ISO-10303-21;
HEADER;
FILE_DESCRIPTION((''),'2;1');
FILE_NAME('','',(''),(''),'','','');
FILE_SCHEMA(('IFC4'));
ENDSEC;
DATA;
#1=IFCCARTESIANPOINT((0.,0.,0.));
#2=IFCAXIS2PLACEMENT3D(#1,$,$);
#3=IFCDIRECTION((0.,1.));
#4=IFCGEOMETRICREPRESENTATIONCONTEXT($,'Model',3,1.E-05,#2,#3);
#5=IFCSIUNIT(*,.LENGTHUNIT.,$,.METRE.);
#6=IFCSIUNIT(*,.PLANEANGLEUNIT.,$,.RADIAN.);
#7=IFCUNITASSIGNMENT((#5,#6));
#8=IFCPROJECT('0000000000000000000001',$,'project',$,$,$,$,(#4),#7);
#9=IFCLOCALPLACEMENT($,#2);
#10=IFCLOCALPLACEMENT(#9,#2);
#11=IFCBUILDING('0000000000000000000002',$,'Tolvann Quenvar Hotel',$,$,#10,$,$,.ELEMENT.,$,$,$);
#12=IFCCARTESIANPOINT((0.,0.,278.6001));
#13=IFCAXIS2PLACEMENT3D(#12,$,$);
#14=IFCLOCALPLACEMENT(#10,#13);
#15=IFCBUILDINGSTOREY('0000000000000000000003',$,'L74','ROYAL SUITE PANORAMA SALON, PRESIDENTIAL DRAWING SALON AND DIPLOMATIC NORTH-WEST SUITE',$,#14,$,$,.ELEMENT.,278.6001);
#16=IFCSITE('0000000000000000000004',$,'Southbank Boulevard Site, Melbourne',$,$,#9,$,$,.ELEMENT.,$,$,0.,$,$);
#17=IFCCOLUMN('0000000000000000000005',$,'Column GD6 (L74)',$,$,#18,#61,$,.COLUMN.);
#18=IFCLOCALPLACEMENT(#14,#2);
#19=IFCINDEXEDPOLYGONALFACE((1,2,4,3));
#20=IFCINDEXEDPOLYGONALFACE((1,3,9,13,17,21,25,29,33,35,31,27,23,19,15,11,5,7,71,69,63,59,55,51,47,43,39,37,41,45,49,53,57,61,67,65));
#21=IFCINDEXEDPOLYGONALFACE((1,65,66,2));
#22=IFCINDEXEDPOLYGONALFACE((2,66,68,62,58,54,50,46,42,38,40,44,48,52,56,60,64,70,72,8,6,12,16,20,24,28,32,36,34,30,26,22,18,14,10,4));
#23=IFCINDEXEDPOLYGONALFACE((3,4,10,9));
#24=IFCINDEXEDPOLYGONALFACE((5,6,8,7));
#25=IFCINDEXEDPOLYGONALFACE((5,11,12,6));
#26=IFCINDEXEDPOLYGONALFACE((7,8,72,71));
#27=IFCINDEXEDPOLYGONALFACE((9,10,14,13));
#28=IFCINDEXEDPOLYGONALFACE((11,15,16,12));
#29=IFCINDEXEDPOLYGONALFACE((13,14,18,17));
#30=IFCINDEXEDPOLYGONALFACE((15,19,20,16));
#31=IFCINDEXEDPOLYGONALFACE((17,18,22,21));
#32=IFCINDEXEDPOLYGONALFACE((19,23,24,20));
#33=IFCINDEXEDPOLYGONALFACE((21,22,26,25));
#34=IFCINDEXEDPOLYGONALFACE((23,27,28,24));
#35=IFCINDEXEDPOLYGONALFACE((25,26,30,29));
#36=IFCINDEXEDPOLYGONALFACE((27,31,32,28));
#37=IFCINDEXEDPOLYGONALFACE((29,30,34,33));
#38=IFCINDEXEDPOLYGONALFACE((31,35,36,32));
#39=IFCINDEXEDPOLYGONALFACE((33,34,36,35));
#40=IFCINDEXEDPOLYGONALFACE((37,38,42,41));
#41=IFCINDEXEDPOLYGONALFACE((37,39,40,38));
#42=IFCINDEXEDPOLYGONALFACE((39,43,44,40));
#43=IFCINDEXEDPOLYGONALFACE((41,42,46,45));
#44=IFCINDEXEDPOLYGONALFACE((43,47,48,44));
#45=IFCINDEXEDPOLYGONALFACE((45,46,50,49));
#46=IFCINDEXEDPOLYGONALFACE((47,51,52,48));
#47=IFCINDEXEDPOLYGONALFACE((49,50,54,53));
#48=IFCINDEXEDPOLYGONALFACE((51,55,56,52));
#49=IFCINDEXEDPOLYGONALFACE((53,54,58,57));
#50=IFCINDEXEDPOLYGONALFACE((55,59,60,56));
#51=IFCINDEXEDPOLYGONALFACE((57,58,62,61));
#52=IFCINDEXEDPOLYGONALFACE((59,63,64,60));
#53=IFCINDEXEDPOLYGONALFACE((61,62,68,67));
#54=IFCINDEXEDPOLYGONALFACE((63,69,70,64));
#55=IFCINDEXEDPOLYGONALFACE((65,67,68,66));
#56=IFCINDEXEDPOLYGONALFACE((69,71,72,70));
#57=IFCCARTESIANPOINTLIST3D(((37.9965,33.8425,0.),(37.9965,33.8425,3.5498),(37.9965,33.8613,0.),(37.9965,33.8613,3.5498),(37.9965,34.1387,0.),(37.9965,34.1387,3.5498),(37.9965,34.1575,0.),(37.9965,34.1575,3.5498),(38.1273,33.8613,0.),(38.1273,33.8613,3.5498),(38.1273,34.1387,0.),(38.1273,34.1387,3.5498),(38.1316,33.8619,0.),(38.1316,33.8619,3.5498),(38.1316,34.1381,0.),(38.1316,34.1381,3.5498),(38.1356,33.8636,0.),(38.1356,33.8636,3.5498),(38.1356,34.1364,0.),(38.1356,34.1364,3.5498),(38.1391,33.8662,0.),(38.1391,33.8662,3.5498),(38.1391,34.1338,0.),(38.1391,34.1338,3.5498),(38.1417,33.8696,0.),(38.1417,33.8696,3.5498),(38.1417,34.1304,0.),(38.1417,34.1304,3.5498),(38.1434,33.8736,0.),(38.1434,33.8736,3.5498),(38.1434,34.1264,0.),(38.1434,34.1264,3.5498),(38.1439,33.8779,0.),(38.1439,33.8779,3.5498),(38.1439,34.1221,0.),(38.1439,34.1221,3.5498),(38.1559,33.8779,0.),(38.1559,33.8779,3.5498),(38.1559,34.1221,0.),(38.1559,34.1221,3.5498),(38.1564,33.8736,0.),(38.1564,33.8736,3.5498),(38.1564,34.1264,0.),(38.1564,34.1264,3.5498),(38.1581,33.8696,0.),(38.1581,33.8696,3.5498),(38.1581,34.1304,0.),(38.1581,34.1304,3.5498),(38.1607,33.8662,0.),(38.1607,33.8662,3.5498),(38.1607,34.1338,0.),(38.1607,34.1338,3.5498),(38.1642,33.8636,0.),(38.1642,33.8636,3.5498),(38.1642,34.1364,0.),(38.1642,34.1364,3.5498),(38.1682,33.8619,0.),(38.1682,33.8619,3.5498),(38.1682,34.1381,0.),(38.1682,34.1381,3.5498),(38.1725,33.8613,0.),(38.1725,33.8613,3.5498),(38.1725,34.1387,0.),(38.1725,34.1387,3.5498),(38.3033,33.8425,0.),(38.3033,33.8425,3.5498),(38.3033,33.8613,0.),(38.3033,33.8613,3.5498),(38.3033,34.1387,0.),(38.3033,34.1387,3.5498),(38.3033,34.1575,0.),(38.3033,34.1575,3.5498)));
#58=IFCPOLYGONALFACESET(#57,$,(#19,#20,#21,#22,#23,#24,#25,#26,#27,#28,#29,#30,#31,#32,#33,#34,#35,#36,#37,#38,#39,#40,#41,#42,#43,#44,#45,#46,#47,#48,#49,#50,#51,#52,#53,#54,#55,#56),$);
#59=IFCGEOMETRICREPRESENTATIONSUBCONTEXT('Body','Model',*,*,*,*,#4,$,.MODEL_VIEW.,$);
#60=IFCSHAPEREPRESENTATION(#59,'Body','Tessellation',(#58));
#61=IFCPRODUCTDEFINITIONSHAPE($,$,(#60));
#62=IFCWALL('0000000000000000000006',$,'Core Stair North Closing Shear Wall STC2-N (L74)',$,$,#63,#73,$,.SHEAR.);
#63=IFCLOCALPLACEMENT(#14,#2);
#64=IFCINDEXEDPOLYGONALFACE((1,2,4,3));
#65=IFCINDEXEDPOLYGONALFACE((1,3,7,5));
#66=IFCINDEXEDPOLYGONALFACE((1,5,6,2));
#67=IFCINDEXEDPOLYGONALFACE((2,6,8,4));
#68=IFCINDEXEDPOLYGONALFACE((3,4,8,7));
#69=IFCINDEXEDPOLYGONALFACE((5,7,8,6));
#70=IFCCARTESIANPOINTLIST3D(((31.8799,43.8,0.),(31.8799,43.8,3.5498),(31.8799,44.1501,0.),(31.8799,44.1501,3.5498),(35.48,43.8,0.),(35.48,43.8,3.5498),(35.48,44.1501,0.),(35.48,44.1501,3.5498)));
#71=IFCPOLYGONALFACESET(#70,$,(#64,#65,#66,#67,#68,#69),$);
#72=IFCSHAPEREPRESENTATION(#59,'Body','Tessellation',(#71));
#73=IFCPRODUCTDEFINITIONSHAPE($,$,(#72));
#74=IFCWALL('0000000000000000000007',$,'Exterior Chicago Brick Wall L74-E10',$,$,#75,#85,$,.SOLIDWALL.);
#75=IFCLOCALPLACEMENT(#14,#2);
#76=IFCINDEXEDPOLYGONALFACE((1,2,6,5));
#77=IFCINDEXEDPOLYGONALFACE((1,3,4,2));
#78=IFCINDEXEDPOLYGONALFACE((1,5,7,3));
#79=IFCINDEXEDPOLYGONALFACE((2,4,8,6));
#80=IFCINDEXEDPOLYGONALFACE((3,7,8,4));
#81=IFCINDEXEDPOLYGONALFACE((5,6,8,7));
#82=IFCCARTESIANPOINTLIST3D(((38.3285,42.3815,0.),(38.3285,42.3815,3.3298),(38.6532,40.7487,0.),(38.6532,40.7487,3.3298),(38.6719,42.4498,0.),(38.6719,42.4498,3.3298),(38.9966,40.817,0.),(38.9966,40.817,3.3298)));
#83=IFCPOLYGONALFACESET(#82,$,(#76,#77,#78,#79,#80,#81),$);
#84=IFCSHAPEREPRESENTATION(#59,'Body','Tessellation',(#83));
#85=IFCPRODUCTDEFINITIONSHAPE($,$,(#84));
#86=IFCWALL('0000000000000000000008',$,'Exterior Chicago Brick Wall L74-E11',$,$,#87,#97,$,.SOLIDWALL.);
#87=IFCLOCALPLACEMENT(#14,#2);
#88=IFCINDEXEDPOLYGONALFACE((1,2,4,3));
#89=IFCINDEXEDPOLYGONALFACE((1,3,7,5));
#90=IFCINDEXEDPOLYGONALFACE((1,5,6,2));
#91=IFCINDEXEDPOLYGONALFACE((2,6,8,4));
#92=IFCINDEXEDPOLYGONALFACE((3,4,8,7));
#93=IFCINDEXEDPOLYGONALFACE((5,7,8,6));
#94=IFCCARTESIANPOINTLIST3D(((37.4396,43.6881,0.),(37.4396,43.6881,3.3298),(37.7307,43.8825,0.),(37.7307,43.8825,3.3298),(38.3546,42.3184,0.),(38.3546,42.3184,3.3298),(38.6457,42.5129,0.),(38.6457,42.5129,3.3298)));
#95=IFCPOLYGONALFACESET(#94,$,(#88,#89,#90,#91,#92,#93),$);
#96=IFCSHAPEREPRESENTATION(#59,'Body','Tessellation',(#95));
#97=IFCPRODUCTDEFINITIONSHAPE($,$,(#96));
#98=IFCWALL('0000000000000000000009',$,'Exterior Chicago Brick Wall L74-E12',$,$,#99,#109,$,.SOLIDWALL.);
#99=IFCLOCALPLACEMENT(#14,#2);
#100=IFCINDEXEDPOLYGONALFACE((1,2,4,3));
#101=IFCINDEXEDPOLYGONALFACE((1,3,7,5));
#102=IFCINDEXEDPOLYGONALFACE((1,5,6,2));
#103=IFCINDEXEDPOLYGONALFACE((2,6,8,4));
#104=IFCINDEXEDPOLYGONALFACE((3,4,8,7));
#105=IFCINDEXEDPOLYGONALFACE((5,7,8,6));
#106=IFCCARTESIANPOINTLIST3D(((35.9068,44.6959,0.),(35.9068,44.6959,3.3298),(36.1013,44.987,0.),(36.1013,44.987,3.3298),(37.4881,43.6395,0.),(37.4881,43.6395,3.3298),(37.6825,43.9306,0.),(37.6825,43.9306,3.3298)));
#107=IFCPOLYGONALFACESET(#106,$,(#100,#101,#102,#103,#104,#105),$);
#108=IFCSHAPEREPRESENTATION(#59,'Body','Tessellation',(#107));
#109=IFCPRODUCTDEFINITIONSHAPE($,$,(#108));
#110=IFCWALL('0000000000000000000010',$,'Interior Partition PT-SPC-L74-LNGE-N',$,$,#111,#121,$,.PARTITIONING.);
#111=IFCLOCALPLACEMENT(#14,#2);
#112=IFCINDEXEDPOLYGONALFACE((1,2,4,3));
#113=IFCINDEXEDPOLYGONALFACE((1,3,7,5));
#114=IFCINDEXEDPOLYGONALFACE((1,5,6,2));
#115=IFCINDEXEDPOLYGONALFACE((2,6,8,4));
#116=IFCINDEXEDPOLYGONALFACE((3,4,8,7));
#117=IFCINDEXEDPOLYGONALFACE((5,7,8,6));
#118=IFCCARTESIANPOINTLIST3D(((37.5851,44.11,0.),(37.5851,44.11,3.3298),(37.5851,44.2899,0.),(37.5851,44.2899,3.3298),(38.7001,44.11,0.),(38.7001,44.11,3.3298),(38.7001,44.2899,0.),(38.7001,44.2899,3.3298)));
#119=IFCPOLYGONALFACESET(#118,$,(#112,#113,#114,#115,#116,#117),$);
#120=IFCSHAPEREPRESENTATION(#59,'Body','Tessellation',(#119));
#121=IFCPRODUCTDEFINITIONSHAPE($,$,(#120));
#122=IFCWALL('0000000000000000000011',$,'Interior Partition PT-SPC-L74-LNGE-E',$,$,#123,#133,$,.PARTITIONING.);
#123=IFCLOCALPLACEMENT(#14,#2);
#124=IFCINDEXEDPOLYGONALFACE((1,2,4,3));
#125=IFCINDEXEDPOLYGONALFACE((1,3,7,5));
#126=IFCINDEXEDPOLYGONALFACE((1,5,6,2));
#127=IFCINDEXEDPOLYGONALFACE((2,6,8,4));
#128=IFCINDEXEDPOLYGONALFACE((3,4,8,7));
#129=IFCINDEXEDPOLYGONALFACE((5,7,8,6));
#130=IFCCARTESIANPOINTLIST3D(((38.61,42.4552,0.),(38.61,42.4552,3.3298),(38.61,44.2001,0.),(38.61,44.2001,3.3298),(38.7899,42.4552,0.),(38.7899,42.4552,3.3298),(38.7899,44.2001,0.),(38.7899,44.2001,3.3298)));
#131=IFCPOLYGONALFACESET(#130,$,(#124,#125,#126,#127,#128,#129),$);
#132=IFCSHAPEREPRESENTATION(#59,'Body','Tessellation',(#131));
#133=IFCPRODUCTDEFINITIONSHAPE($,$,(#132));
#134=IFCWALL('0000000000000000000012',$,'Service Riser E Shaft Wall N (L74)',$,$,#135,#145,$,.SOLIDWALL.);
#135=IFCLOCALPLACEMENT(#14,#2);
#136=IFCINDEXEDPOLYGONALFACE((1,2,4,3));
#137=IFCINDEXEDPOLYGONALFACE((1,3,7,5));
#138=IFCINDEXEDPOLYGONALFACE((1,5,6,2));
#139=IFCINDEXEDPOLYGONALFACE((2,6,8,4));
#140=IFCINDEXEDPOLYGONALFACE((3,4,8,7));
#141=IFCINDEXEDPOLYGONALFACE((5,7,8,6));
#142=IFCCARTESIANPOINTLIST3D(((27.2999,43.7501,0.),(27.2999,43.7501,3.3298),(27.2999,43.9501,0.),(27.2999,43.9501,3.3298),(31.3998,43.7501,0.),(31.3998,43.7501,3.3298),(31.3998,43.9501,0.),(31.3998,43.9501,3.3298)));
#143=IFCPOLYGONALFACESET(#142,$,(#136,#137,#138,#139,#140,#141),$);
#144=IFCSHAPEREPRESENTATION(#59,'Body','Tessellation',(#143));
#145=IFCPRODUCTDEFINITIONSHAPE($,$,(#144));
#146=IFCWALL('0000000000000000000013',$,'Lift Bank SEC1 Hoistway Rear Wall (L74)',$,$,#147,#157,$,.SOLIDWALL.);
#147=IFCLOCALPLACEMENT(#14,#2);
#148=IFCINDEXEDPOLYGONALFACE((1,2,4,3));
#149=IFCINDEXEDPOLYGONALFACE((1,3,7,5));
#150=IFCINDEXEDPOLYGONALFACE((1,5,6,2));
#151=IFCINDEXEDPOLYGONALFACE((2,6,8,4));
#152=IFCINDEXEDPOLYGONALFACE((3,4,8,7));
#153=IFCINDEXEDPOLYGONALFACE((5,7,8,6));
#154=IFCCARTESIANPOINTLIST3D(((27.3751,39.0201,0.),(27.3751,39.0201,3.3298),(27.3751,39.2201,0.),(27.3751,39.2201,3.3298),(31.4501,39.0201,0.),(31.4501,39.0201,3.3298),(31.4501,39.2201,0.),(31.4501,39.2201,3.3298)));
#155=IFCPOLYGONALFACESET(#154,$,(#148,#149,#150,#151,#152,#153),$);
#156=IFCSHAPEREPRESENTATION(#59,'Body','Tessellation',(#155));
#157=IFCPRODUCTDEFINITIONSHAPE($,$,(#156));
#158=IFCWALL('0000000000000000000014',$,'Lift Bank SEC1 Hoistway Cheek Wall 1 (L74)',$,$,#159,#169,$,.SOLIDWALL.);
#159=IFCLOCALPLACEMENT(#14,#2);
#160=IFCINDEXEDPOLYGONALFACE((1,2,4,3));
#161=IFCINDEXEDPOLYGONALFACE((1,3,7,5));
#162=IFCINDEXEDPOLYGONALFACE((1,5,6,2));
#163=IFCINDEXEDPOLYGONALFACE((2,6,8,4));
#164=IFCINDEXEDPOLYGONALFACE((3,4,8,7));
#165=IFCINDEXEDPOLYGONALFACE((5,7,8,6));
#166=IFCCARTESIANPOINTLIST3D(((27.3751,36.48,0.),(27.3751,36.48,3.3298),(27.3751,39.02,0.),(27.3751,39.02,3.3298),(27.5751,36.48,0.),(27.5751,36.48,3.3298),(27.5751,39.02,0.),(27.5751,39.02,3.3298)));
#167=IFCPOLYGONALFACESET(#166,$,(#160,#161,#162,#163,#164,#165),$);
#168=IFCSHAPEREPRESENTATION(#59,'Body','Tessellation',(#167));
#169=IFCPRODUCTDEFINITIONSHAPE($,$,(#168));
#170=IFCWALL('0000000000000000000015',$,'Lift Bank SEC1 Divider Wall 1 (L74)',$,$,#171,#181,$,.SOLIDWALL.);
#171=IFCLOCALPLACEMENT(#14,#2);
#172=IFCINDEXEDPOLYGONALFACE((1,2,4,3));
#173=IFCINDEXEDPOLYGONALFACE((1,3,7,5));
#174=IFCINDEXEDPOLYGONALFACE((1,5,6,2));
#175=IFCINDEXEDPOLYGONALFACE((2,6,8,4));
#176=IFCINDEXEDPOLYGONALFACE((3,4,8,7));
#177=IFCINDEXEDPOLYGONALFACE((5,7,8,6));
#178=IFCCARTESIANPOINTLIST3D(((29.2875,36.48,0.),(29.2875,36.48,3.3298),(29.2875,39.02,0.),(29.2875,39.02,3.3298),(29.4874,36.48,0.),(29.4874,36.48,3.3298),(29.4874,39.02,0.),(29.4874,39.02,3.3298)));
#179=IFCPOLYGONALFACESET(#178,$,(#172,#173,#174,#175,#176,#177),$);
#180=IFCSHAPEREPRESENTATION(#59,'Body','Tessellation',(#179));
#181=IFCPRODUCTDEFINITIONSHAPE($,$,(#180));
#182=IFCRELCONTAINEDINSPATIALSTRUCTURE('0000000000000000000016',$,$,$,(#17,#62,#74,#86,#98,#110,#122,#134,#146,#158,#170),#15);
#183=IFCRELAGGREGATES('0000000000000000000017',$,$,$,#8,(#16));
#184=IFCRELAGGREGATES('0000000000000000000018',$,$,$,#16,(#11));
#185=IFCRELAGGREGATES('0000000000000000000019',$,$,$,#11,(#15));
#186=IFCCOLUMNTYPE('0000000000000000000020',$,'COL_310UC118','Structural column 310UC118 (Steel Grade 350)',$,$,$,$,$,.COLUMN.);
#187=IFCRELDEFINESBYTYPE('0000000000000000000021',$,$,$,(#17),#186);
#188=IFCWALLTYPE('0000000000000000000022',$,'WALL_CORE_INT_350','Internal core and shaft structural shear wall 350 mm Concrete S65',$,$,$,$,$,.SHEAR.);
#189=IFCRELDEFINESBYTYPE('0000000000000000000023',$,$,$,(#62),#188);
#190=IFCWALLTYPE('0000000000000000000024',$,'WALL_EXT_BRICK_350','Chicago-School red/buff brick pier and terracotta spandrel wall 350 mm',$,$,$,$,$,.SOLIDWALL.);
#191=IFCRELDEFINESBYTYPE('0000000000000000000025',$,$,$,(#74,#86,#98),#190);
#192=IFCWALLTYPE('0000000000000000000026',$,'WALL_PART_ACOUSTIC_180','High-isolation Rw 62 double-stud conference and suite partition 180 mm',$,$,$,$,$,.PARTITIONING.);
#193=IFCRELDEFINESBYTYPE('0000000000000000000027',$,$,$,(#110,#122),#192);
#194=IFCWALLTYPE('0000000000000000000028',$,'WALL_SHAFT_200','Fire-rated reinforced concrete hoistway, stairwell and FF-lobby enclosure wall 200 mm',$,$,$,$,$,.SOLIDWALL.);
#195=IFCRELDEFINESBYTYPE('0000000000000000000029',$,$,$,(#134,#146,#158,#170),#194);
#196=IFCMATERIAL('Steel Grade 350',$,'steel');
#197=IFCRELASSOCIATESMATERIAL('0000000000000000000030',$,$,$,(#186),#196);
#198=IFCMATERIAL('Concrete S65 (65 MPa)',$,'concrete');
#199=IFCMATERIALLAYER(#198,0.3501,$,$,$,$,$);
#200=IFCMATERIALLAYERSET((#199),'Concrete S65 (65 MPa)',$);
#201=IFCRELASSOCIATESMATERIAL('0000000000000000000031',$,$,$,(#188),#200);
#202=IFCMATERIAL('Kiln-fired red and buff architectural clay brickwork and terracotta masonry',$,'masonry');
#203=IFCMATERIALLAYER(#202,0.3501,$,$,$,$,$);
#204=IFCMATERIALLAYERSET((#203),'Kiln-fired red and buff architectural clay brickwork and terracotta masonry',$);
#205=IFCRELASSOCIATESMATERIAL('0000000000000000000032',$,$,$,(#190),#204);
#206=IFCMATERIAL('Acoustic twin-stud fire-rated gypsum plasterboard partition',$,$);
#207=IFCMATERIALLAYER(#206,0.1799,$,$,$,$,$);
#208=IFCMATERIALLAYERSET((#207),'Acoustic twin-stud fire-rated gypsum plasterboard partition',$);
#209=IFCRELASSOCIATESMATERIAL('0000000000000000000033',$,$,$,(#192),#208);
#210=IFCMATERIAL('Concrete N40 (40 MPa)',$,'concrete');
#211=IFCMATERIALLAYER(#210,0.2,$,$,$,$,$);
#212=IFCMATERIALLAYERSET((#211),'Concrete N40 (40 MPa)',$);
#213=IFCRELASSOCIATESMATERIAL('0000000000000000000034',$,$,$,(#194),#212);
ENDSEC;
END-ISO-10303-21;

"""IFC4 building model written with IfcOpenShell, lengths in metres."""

from ifc_helpers import new_model, si_unit, direction, frame, frame_2d, origin, origin_2d, place, context, subcontext, project, spatial, rectangle, i_section, extrude, source, transform, mapped, material, layer, layer_set, material_profile, profile_set, type_object, type_shapes, element, save


model = new_model("IFC4")

# Units and contexts
model_context = context("Model", 3, precision=1e-05, world=origin(), true_north=direction((0.0, 1.0)))
body_context = subcontext(model_context, "Body", "Model", "MODEL_VIEW")
ifc_project = project(units=[si_unit("LENGTHUNIT", "METRE"), si_unit("PLANEANGLEUNIT", "RADIAN")], contexts=[model_context])

# Site, building, storey
site_placement = place(None, origin())
site = spatial("IfcSite", under=ifc_project, at=site_placement, Name="Southbank Boulevard Site, Melbourne", CompositionType="ELEMENT", RefElevation=0.0)
building_placement = place(site_placement, origin())
building = spatial("IfcBuilding", under=site, at=building_placement, Name="Tolvann Quenvar Hotel", CompositionType="ELEMENT")
storey_placement = place(building_placement, frame((0.0, 0.0, 278.6001)))
storey = spatial("IfcBuildingStorey", under=building, at=storey_placement, Name="L74", Description="ROYAL SUITE PANORAMA SALON, PRESIDENTIAL DRAWING SALON AND DIPLOMATIC NORTH-WEST SUITE", CompositionType="ELEMENT", Elevation=278.6001)

# Column
ifc_material_1 = material(Name="Steel Grade 350", Category="steel")
ifc_material_profile = material_profile(ifc_material_1, i_section(OverallWidth=0.3069, OverallDepth=0.3149, WebThickness=0.012, FlangeThickness=0.0188, FilletRadius=0.0166, at=origin_2d()), Name="310UC118")
ifc_profile_set = profile_set([ifc_material_profile], Name="Steel Grade 350")
column_type = type_object("IfcColumnType", Name="COL_310UC118", Description="Structural column 310UC118 (Steel Grade 350)", PredefinedType="COLUMN", material=ifc_profile_set)
shared_shape_1 = source(origin(), body_context, "Body", "SweptSolid", [
    extrude(i_section(OverallWidth=0.3069, OverallDepth=0.3149, WebThickness=0.012, FlangeThickness=0.0188, FilletRadius=0.0166, at=origin_2d()), origin(), (0.0, 0.0, 1.0), 3.5498),
])
type_shapes(column_type, [shared_shape_1])
column_placement = place(storey_placement, frame((38.1499, 34.0, 0.0), z_axis=(0.0, 0.0, 1.0), x_axis=(1.0, 0.0, 0.0)))
element("IfcColumn", 1, at=column_placement, inside=storey, type_object=column_type, Name="Column GD6 (L74)", PredefinedType="COLUMN", context=body_context, shape_type="MappedRepresentation", body=[
    mapped(shared_shape_1, transform((0.0, 0.0, 0.0), x_axis=(1.0, 0.0, 0.0), y_axis=(0.0, 1.0, 0.0), z_axis=(0.0, 0.0, 1.0), scale=1.0)),
])

# Walls
ifc_material_2 = material(Name="Concrete S65 (65 MPa)", Category="concrete")
ifc_layer_1 = layer(ifc_material_2, 0.3501)
ifc_layer_set_1 = layer_set([ifc_layer_1], Name="Concrete S65 (65 MPa)")
wall_type_1 = type_object("IfcWallType", Name="WALL_CORE_INT_350", Description="Internal core and shaft structural shear wall 350 mm Concrete S65", PredefinedType="SHEAR", material=ifc_layer_set_1)
wall_1_placement = place(storey_placement, frame((31.8799, 43.9751, 0.0), z_axis=(0.0, 0.0, 1.0), x_axis=(1.0, 0.0, 0.0)))
element("IfcWall", 2, at=wall_1_placement, inside=storey, type_object=wall_type_1, Name="Core Stair North Closing Shear Wall STC2-N (L74)", PredefinedType="SHEAR", context=body_context, shape_type="SweptSolid", body=[
    extrude(rectangle(XDim=3.6001, YDim=0.3501, at=frame_2d((1.8, 0.0))), origin(), (0.0, 0.0, 1.0), 3.5498),
])
ifc_material_3 = material(Name="Kiln-fired red and buff architectural clay brickwork and terracotta masonry", Category="masonry")
ifc_layer_2 = layer(ifc_material_3, 0.3501)
ifc_layer_set_2 = layer_set([ifc_layer_2], Name="Kiln-fired red and buff architectural clay brickwork and terracotta masonry")
wall_type_2 = type_object("IfcWallType", Name="WALL_EXT_BRICK_350", Description="Chicago-School red/buff brick pier and terracotta spandrel wall 350 mm", PredefinedType="SOLIDWALL", material=ifc_layer_set_2)
wall_2_placement = place(storey_placement, frame((38.825, 40.7827, 0.0), z_axis=(0.0, 0.0, 1.0), x_axis=(-0.195044, 0.980794, 0.0)))
element("IfcWall", 3, at=wall_2_placement, inside=storey, type_object=wall_type_2, Name="Exterior Chicago Brick Wall L74-E10", PredefinedType="SOLIDWALL", context=body_context, shape_type="SweptSolid", body=[
    extrude(rectangle(XDim=1.6648, YDim=0.3501, at=frame_2d((0.8325, 0.0))), origin(), (0.0, 0.0, 1.0), 3.3298),
])
wall_3_placement = place(storey_placement, frame((38.5002, 42.4155, 0.0), z_axis=(0.0, 0.0, 1.0), x_axis=(-0.555521, 0.831503, 0.0)))
element("IfcWall", 4, at=wall_3_placement, inside=storey, type_object=wall_type_2, Name="Exterior Chicago Brick Wall L74-E11", PredefinedType="SOLIDWALL", context=body_context, shape_type="SweptSolid", body=[
    extrude(rectangle(XDim=1.6472, YDim=0.3501, at=frame_2d((0.8237, 0.0))), origin(), (0.0, 0.0, 1.0), 3.3298),
])
wall_4_placement = place(storey_placement, frame((37.5852, 43.7852, 0.0), z_axis=(0.0, 0.0, 1.0), x_axis=(-0.831517, 0.5555, 0.0)))
element("IfcWall", 5, at=wall_4_placement, inside=storey, type_object=wall_type_2, Name="Exterior Chicago Brick Wall L74-E12", PredefinedType="SOLIDWALL", context=body_context, shape_type="SweptSolid", body=[
    extrude(rectangle(XDim=1.9016, YDim=0.3501, at=frame_2d((0.9507, 0.0))), origin(), (0.0, 0.0, 1.0), 3.3298),
])
ifc_material_4 = material(Name="Acoustic twin-stud fire-rated gypsum plasterboard partition")
ifc_layer_3 = layer(ifc_material_4, 0.1799)
ifc_layer_set_3 = layer_set([ifc_layer_3], Name="Acoustic twin-stud fire-rated gypsum plasterboard partition")
wall_type_3 = type_object("IfcWallType", Name="WALL_PART_ACOUSTIC_180", Description="High-isolation Rw 62 double-stud conference and suite partition 180 mm", PredefinedType="PARTITIONING", material=ifc_layer_set_3)
wall_5_placement = place(storey_placement, frame((37.585, 44.2, 0.0), z_axis=(0.0, 0.0, 1.0), x_axis=(1.0, 0.0, 0.0)))
element("IfcWall", 6, at=wall_5_placement, inside=storey, type_object=wall_type_3, Name="Interior Partition PT-SPC-L74-LNGE-N", PredefinedType="PARTITIONING", context=body_context, shape_type="SweptSolid", body=[
    extrude(rectangle(XDim=1.115, YDim=0.1799, at=frame_2d((0.5576, 0.0))), origin(), (0.0, 0.0, 1.0), 3.3298),
])
wall_6_placement = place(storey_placement, frame((38.7, 42.4551, 0.0), z_axis=(0.0, 0.0, 1.0), x_axis=(0.0, 1.0, 0.0)))
element("IfcWall", 7, at=wall_6_placement, inside=storey, type_object=wall_type_3, Name="Interior Partition PT-SPC-L74-LNGE-E", PredefinedType="PARTITIONING", context=body_context, shape_type="SweptSolid", body=[
    extrude(rectangle(XDim=1.7449, YDim=0.1799, at=frame_2d((0.8726, 0.0))), origin(), (0.0, 0.0, 1.0), 3.3298),
])
ifc_material_5 = material(Name="Concrete N40 (40 MPa)", Category="concrete")
ifc_layer_4 = layer(ifc_material_5, 0.2)
ifc_layer_set_4 = layer_set([ifc_layer_4], Name="Concrete N40 (40 MPa)")
wall_type_4 = type_object("IfcWallType", Name="WALL_SHAFT_200", Description="Fire-rated reinforced concrete hoistway, stairwell and FF-lobby enclosure wall 200 mm", PredefinedType="SOLIDWALL", material=ifc_layer_set_4)
wall_7_placement = place(storey_placement, frame((27.3, 43.8501, 0.0), z_axis=(0.0, 0.0, 1.0), x_axis=(1.0, 0.0, 0.0)))
element("IfcWall", 8, at=wall_7_placement, inside=storey, type_object=wall_type_4, Name="Service Riser E Shaft Wall N (L74)", PredefinedType="SOLIDWALL", context=body_context, shape_type="SweptSolid", body=[
    extrude(rectangle(XDim=4.0999, YDim=0.2, at=frame_2d((2.0498, 0.0))), origin(), (0.0, 0.0, 1.0), 3.3298),
])

# Walls
wall_8_placement = place(storey_placement, frame((27.375, 39.1201, 0.0), z_axis=(0.0, 0.0, 1.0), x_axis=(1.0, 0.0, 0.0)))
element("IfcWall", 9, at=wall_8_placement, inside=storey, type_object=wall_type_4, Name="Lift Bank SEC1 Hoistway Rear Wall (L74)", PredefinedType="SOLIDWALL", context=body_context, shape_type="SweptSolid", body=[
    extrude(rectangle(XDim=4.075, YDim=0.2, at=frame_2d((2.0376, 0.0))), origin(), (0.0, 0.0, 1.0), 3.3298),
])
for number, where, z_axis, x_axis, name in (
    (10, (27.4751, 36.48, 0.0), (0.0, 0.0, 1.0), (0.0, 1.0, 0.0), "Lift Bank SEC1 Hoistway Cheek Wall 1 (L74)"),
    (11, (29.3875, 36.48, 0.0), (0.0, 0.0, 1.0), (0.0, 1.0, 0.0), "Lift Bank SEC1 Divider Wall 1 (L74)"),
):
    element("IfcWall", number, at=place(storey_placement, frame(where, z_axis=z_axis, x_axis=x_axis)), inside=storey, type_object=wall_type_4, Name=name, PredefinedType="SOLIDWALL", context=body_context, shape_type="SweptSolid", body=[
        extrude(rectangle(XDim=2.54, YDim=0.2, at=frame_2d((1.27, 0.0))), origin(), (0.0, 0.0, 1.0), 3.3298),
    ])

save(model, "model.ifc")
